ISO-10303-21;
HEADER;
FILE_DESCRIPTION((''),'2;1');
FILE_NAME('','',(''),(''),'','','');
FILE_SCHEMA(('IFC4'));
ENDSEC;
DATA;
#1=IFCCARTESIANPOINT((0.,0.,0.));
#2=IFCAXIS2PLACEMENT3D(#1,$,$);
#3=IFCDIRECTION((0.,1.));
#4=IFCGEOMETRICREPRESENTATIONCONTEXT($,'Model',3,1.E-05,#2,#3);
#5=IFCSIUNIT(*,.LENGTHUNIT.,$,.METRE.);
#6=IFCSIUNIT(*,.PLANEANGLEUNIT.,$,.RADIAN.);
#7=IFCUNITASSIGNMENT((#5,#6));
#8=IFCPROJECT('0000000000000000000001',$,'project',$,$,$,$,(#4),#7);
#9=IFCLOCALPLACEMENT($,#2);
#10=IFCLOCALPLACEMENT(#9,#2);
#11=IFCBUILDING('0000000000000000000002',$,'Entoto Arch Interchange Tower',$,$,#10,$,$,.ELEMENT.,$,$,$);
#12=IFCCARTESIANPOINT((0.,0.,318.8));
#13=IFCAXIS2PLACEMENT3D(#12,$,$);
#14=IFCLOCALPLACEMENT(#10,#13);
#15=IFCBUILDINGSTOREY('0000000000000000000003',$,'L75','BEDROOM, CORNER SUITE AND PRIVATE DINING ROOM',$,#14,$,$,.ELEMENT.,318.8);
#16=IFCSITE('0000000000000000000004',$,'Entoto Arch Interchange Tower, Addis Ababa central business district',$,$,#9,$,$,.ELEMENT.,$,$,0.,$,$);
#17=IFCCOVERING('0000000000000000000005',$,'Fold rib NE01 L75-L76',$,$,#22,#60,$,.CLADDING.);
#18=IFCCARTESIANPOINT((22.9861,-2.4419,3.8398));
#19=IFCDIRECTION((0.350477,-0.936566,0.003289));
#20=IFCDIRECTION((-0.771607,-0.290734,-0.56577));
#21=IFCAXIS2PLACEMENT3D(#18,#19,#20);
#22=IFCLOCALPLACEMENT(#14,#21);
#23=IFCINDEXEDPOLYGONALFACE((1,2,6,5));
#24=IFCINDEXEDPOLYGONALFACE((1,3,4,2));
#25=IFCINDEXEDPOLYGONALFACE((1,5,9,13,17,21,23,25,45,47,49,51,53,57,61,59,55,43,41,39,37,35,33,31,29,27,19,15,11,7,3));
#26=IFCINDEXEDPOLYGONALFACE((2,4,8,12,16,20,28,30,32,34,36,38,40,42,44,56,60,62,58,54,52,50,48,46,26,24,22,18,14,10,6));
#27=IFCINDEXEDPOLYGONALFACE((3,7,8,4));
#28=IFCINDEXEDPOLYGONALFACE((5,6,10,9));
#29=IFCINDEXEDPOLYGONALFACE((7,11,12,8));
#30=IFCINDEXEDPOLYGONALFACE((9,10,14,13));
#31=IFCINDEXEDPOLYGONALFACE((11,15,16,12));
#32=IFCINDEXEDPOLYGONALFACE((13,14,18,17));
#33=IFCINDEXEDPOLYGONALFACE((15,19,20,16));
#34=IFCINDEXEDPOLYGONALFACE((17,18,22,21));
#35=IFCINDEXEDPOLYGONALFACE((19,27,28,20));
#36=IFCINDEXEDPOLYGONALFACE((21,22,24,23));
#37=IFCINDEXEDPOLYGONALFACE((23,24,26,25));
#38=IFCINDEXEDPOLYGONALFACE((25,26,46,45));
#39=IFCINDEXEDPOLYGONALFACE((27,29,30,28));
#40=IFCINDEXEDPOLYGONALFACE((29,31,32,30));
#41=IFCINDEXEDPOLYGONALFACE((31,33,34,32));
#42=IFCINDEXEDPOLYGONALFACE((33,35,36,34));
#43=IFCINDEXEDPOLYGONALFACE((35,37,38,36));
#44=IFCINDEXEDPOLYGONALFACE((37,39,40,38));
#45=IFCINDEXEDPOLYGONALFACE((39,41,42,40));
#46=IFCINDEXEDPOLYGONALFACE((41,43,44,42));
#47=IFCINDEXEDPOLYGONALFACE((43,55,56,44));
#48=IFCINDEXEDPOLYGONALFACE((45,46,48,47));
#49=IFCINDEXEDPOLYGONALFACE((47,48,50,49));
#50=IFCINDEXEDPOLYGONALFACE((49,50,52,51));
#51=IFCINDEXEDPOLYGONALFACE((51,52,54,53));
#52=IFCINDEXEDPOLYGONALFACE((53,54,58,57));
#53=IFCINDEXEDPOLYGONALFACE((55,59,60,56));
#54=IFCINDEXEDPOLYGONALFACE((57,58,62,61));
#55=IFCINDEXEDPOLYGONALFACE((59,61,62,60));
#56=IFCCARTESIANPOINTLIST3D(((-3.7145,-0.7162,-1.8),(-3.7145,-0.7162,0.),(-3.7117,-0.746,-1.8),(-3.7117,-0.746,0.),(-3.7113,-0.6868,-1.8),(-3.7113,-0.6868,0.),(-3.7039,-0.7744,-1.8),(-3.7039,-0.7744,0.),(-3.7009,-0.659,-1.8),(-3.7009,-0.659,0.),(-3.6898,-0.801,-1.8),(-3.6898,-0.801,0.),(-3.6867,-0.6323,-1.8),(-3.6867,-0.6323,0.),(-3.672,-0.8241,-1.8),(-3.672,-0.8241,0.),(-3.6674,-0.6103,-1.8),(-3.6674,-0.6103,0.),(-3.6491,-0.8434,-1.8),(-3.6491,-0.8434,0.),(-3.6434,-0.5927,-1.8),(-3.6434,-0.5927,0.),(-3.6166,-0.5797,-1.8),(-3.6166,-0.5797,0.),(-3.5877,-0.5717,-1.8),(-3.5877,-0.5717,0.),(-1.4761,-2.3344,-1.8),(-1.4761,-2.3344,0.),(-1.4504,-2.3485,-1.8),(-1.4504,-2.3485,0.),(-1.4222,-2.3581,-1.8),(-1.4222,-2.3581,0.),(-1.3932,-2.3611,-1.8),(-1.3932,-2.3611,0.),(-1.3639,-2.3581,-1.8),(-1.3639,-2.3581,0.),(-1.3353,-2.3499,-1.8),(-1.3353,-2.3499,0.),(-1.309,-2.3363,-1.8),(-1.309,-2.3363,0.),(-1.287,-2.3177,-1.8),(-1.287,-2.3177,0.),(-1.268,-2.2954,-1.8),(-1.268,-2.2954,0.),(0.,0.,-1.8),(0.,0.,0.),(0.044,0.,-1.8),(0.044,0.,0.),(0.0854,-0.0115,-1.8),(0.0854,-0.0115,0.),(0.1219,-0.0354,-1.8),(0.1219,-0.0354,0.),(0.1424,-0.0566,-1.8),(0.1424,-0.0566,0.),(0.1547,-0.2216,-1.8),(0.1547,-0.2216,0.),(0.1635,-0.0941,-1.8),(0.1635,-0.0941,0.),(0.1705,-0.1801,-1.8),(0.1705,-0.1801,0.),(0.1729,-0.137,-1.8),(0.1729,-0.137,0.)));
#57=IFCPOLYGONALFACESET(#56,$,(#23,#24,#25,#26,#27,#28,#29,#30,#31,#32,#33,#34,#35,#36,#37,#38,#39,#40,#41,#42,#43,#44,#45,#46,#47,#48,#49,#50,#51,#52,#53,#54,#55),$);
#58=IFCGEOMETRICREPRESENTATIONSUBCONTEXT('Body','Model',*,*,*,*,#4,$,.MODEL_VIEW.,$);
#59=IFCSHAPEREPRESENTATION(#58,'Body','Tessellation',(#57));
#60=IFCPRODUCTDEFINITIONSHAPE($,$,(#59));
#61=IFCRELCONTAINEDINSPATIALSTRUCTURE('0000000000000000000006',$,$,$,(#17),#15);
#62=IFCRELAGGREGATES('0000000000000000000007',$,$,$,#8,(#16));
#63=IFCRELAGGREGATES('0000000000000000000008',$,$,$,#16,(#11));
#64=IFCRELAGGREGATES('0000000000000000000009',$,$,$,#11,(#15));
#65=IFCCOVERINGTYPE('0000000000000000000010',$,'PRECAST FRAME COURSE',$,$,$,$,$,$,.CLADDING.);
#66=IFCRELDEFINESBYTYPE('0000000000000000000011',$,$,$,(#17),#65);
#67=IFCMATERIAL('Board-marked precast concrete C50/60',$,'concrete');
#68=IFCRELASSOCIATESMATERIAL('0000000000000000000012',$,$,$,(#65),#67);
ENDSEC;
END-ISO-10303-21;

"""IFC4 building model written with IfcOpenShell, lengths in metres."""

from ifc_helpers import new_model, si_unit, direction, frame, origin, place, context, subcontext, project, spatial, polyline, outline, extrude, material, type_object, element, save


model = new_model("IFC4")

# Units and contexts
model_context = context("Model", 3, precision=1e-05, world=origin(), true_north=direction((0.0, 1.0)))
body_context = subcontext(model_context, "Body", "Model", "MODEL_VIEW")
ifc_project = project(units=[si_unit("LENGTHUNIT", "METRE"), si_unit("PLANEANGLEUNIT", "RADIAN")], contexts=[model_context])

# Site, building, storey
site_placement = place(None, origin())
site = spatial("IfcSite", under=ifc_project, at=site_placement, Name="Entoto Arch Interchange Tower, Addis Ababa central business district", CompositionType="ELEMENT", RefElevation=0.0)
building_placement = place(site_placement, origin())
building = spatial("IfcBuilding", under=site, at=building_placement, Name="Entoto Arch Interchange Tower", CompositionType="ELEMENT")
storey_placement = place(building_placement, frame((0.0, 0.0, 318.8)))
storey = spatial("IfcBuildingStorey", under=building, at=storey_placement, Name="L75", Description="BEDROOM, CORNER SUITE AND PRIVATE DINING ROOM", CompositionType="ELEMENT", Elevation=318.8)

# Covering
ifc_material_1 = material(Name="Board-marked precast concrete C50/60", Category="concrete")
covering_type = type_object("IfcCoveringType", Name="PRECAST FRAME COURSE", PredefinedType="CLADDING", material=ifc_material_1)
covering_placement = place(storey_placement, frame((22.9861, -2.4419, 3.8398), z_axis=(0.350477, -0.936566, 0.003289), x_axis=(-0.771607, -0.290734, -0.56577)))
element("IfcCovering", 1, at=covering_placement, inside=storey, type_object=covering_type, Name="Fold rib NE01 L75-L76", PredefinedType="CLADDING", context=body_context, shape_type="SweptSolid", body=[
    extrude(outline(polyline([(0.0, 0.0), (0.044, 0.0), (0.0854, -0.0115), (0.1219, -0.0354), (0.1424, -0.0566), (0.1635, -0.0941), (0.1729, -0.137), (0.1705, -0.1801), (0.1547, -0.2216), (-1.268, -2.2954), (-1.287, -2.3177), (-1.309, -2.3363), (-1.3353, -2.3499), (-1.3639, -2.3581), (-1.3932, -2.3611), (-1.4222, -2.3581), (-1.4504, -2.3485), (-1.4761, -2.3344), (-3.6491, -0.8434), (-3.672, -0.8241), (-3.6898, -0.801), (-3.7039, -0.7744), (-3.7117, -0.746), (-3.7145, -0.7162), (-3.7113, -0.6868), (-3.7009, -0.659), (-3.6867, -0.6323), (-3.6674, -0.6103), (-3.6434, -0.5927), (-3.6166, -0.5797), (-3.5877, -0.5717), (0.0, 0.0)])), origin(), (0.0, 0.0, -1.0), 1.8),
])

save(model, "model.ifc")
